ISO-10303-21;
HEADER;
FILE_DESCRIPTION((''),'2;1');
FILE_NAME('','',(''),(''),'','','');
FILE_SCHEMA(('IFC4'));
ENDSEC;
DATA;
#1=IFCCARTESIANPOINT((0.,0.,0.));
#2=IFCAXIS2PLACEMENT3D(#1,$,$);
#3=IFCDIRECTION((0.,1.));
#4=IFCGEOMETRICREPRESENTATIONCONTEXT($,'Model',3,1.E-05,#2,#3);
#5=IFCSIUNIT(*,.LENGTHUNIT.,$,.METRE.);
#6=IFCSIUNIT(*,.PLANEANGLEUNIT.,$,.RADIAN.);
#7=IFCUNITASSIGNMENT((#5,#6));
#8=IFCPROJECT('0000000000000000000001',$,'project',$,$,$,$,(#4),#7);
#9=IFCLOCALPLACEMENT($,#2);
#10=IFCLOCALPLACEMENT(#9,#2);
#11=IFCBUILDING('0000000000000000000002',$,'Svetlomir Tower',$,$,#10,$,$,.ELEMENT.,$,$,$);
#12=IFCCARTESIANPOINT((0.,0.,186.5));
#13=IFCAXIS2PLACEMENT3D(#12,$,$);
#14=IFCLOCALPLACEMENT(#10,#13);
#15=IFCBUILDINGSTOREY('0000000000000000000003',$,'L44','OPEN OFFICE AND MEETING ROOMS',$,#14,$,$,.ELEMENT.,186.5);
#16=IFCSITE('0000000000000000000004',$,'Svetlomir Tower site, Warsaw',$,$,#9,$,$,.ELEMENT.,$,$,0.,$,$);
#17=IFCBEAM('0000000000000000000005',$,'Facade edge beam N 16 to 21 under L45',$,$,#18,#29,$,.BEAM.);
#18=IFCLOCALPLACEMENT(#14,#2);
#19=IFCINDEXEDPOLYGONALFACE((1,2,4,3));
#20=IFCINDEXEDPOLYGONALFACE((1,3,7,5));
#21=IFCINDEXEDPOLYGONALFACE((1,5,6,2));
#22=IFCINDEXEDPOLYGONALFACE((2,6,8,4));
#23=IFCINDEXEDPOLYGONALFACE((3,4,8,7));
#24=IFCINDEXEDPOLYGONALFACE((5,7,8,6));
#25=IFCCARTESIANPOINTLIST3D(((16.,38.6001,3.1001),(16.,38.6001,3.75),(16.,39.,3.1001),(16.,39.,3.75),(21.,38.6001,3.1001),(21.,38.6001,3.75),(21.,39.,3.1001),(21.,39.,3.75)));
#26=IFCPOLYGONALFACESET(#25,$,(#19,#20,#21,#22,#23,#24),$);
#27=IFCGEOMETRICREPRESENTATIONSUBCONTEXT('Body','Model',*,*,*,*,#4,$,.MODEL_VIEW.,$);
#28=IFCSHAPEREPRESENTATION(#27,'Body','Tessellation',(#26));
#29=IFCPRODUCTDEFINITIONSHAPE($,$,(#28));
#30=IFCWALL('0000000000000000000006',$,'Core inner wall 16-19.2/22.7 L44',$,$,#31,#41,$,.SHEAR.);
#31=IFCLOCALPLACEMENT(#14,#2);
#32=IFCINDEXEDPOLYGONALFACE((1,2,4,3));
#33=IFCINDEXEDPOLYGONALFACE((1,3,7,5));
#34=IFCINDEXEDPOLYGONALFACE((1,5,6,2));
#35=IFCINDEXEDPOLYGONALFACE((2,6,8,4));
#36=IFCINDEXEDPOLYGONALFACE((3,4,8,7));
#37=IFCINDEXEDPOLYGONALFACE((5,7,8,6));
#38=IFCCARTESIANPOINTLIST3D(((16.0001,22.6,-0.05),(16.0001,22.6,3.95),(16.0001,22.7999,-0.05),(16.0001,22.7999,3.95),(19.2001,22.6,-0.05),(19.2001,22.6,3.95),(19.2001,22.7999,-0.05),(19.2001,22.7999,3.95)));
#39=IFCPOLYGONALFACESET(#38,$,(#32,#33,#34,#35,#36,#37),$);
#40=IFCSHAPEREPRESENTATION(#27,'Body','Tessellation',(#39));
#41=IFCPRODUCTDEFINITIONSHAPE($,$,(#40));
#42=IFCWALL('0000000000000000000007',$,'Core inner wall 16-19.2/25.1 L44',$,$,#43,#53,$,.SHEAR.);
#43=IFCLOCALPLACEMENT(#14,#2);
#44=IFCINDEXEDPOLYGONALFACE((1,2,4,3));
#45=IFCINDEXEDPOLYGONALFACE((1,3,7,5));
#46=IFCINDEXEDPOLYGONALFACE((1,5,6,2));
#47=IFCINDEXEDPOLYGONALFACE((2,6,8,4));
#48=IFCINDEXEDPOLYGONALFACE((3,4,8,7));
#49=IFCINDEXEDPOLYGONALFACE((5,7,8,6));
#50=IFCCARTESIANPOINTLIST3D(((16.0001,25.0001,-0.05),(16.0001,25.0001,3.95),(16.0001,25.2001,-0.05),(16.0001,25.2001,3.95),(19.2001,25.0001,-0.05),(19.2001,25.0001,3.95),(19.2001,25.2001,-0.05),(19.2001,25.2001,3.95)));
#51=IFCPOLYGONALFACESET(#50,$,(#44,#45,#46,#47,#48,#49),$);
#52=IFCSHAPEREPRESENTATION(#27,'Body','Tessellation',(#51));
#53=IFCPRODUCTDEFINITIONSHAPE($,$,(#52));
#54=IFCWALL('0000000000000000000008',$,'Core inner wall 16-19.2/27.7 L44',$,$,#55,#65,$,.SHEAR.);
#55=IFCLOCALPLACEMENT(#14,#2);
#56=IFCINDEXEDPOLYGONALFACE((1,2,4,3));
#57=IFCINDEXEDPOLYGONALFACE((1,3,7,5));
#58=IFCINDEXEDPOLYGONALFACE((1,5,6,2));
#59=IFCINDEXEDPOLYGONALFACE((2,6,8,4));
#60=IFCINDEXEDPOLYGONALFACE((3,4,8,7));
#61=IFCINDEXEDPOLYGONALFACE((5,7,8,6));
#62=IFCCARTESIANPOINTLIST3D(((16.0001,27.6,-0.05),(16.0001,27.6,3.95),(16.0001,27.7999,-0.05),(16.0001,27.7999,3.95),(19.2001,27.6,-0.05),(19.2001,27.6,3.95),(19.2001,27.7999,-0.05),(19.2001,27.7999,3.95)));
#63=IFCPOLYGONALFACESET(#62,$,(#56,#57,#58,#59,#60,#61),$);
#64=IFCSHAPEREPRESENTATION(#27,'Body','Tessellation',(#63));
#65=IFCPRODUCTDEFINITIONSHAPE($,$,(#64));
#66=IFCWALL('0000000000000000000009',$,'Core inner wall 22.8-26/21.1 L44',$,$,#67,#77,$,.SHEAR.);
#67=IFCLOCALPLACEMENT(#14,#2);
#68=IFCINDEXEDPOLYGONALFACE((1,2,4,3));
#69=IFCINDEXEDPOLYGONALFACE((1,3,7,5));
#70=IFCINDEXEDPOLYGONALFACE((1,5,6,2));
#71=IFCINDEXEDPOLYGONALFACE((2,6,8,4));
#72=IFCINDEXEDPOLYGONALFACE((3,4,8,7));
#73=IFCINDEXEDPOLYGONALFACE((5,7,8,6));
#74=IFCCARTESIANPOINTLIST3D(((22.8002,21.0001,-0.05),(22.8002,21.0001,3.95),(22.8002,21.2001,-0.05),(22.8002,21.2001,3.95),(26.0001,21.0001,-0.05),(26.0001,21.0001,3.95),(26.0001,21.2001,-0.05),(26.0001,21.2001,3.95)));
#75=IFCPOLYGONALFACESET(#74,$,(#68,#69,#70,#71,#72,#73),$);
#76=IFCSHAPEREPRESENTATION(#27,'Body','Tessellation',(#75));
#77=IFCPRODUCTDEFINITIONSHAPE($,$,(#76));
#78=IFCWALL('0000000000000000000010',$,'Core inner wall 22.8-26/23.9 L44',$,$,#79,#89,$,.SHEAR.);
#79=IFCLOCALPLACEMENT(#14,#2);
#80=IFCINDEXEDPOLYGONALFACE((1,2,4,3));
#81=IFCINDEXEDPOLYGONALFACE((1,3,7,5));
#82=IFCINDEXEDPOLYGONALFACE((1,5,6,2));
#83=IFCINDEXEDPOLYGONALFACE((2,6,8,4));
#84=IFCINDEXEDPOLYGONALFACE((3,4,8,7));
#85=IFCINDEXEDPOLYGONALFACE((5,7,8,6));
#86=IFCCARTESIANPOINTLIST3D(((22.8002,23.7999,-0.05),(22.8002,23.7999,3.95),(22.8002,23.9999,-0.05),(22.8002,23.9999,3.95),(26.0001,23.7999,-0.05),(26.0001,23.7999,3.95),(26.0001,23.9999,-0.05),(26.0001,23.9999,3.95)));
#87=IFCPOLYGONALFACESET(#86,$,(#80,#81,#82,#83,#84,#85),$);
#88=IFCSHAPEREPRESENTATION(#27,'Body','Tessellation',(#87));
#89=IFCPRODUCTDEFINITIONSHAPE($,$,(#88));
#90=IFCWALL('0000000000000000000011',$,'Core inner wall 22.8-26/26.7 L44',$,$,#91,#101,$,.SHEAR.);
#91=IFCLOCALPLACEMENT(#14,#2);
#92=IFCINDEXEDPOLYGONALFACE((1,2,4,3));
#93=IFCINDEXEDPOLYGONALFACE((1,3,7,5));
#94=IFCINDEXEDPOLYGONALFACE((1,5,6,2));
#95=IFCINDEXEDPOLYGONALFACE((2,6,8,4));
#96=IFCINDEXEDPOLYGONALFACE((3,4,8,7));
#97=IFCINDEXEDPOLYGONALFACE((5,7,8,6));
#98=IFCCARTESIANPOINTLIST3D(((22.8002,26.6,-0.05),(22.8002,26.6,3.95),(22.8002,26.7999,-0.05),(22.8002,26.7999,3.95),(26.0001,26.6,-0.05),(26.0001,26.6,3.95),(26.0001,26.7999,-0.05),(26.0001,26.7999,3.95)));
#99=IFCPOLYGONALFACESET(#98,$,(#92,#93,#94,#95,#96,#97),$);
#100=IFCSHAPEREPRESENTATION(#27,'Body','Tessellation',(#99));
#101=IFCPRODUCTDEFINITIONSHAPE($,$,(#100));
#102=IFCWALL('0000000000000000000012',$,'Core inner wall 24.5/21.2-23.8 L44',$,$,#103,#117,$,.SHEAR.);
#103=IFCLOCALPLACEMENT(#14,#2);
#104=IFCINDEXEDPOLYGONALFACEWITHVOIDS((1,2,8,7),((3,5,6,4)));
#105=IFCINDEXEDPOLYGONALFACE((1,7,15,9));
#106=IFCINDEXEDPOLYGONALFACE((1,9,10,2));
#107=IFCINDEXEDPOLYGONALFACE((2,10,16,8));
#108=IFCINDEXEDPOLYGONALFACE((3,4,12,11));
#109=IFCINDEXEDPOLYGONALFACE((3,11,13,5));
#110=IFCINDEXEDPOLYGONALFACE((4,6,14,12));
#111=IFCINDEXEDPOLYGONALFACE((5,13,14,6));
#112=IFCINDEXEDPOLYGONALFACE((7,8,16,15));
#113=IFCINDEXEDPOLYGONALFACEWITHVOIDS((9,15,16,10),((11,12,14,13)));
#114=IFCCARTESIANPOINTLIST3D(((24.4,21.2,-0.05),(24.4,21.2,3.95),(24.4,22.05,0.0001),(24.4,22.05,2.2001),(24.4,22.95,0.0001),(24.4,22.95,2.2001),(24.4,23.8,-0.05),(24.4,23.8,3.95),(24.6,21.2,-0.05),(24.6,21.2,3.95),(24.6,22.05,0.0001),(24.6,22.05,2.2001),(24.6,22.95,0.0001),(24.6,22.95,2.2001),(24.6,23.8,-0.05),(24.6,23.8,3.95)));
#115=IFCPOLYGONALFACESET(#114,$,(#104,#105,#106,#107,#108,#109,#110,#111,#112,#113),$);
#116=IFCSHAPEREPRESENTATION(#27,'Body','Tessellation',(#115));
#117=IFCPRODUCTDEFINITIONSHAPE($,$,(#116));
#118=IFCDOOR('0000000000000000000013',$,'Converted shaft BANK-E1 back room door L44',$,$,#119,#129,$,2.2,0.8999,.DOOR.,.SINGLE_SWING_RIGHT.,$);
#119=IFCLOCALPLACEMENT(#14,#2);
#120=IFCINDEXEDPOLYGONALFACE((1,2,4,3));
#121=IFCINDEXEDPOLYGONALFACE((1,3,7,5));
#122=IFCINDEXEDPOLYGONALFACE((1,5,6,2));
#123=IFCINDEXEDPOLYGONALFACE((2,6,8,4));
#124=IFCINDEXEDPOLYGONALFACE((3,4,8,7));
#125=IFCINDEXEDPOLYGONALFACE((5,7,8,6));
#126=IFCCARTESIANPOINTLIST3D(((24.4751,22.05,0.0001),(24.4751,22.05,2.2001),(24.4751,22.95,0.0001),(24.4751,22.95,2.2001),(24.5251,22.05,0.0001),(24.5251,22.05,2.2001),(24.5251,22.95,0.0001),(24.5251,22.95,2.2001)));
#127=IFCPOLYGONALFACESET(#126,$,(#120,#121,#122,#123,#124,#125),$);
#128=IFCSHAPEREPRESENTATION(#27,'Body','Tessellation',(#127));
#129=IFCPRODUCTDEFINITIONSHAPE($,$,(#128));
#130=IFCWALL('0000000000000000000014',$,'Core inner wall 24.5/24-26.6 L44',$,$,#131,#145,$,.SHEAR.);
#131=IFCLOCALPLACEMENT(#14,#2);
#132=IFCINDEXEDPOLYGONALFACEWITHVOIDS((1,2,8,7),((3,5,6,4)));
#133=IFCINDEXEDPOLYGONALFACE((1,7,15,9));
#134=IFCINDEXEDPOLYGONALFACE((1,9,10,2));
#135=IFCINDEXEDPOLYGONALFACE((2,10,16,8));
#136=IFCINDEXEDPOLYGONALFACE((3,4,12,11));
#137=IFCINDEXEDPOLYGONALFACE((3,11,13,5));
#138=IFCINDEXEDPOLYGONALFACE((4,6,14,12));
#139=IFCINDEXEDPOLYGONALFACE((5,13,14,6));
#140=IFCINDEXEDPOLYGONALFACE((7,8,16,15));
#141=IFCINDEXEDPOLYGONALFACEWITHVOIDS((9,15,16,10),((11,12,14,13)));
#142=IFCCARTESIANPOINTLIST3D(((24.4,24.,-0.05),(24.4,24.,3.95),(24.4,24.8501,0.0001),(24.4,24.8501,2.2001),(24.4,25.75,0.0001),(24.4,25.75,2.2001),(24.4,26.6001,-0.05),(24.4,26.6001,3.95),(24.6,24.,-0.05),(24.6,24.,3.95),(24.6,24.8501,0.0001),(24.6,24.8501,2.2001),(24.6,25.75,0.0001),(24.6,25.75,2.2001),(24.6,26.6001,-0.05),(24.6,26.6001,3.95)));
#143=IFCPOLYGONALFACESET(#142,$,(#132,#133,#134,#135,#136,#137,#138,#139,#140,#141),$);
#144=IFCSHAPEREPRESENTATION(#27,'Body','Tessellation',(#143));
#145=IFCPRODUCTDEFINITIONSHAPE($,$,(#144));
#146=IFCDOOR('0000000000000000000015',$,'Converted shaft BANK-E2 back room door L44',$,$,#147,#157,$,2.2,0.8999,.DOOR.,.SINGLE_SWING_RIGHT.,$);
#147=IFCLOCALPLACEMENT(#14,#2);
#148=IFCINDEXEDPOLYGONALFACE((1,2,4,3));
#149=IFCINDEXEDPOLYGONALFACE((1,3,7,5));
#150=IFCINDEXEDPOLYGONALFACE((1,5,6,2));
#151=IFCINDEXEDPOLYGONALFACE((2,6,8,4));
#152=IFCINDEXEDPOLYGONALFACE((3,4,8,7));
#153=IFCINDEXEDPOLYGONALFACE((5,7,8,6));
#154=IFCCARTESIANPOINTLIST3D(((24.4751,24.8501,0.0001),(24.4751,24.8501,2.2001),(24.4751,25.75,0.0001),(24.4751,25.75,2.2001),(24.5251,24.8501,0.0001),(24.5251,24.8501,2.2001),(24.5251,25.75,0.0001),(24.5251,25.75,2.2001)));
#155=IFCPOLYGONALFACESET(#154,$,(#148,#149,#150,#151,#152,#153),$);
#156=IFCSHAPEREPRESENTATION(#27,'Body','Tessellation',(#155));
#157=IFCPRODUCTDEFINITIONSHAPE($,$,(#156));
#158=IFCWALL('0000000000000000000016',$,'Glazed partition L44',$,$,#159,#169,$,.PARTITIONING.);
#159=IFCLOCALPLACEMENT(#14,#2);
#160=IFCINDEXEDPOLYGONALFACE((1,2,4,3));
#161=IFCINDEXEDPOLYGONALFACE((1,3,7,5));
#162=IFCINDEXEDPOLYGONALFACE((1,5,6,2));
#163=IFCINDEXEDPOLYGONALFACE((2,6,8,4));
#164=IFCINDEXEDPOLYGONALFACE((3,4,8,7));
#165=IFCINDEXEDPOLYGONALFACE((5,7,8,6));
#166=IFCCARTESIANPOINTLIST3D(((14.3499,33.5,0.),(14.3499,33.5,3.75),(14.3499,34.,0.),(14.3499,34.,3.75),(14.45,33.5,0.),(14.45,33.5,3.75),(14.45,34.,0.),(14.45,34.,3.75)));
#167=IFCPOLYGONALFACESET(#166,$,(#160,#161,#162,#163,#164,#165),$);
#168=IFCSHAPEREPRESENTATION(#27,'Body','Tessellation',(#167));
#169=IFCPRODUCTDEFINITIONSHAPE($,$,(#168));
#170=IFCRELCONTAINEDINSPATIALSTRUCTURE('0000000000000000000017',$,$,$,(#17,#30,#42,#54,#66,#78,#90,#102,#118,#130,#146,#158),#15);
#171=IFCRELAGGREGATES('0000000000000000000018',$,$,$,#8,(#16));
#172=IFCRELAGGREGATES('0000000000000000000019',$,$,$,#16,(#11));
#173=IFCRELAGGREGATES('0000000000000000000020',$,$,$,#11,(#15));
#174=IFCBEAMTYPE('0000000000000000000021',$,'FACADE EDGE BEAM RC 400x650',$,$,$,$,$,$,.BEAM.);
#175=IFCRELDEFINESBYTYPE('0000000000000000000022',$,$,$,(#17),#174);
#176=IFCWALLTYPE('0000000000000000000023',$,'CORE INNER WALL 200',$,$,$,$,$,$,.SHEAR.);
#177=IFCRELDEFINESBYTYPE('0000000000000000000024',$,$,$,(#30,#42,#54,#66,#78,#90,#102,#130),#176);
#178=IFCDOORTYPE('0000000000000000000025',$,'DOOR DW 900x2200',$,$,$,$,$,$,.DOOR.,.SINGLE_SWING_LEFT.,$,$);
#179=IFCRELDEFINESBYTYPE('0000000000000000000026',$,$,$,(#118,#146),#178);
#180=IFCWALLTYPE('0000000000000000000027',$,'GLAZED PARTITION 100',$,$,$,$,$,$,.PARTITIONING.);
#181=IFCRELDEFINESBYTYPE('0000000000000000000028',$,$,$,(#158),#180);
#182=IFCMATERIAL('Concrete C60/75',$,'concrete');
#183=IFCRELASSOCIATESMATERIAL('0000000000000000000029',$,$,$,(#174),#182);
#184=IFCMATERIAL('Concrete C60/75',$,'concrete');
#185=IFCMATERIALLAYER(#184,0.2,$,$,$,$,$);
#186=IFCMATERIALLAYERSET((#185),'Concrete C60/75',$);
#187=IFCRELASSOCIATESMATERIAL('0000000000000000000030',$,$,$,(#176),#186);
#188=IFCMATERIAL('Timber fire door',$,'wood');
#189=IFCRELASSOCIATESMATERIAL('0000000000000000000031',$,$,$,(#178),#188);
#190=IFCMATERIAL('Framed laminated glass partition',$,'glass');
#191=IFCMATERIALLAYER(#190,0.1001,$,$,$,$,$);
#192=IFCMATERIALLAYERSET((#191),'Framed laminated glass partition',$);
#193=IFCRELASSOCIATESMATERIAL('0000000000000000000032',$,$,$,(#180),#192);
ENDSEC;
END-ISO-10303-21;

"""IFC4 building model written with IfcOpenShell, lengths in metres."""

from ifc_helpers import new_model, si_unit, direction, frame, frame_2d, origin, origin_2d, place, context, subcontext, project, spatial, rectangle, extrude, material, layer, layer_set, material_profile, profile_set, type_object, element, fill, save


model = new_model("IFC4")

# Units and contexts
model_context = context("Model", 3, precision=1e-05, world=origin(), true_north=direction((0.0, 1.0)))
body_context = subcontext(model_context, "Body", "Model", "MODEL_VIEW")
ifc_project = project(units=[si_unit("LENGTHUNIT", "METRE"), si_unit("PLANEANGLEUNIT", "RADIAN")], contexts=[model_context])

# Site, building, storey
site_placement = place(None, origin())
site = spatial("IfcSite", under=ifc_project, at=site_placement, Name="Svetlomir Tower site, Warsaw", CompositionType="ELEMENT", RefElevation=0.0)
building_placement = place(site_placement, origin())
building = spatial("IfcBuilding", under=site, at=building_placement, Name="Svetlomir Tower", CompositionType="ELEMENT")
storey_placement = place(building_placement, frame((0.0, 0.0, 186.5)))
storey = spatial("IfcBuildingStorey", under=building, at=storey_placement, Name="L44", Description="OPEN OFFICE AND MEETING ROOMS", CompositionType="ELEMENT", Elevation=186.5)

# Beam
ifc_material_1 = material(Name="Concrete C60/75", Category="concrete")
ifc_material_profile = material_profile(ifc_material_1, rectangle(XDim=0.3999, YDim=0.6499, at=origin_2d()), Name="RC 400x650")
ifc_profile_set = profile_set([ifc_material_profile], Name="Concrete C60/75")
beam_type = type_object("IfcBeamType", Name="FACADE EDGE BEAM RC 400x650", PredefinedType="BEAM", material=ifc_profile_set)
beam_placement = place(storey_placement, frame((16.0, 38.8, 3.425), z_axis=(1.0, 0.0, 0.0), x_axis=(0.0, 1.0, 0.0)))
element("IfcBeam", 1, at=beam_placement, inside=storey, type_object=beam_type, Name="Facade edge beam N 16 to 21 under L45", PredefinedType="BEAM", context=body_context, shape_type="SweptSolid", body=[
    extrude(rectangle(XDim=0.3999, YDim=0.6499, at=origin_2d()), origin(), (0.0, 0.0, 1.0), 5.0),
])

# Walls
ifc_material_2 = material(Name="Concrete C60/75", Category="concrete")
ifc_layer_1 = layer(ifc_material_2, 0.2)
ifc_layer_set_1 = layer_set([ifc_layer_1], Name="Concrete C60/75")
wall_type_1 = type_object("IfcWallType", Name="CORE INNER WALL 200", PredefinedType="SHEAR", material=ifc_layer_set_1)
for number, where, z_axis, x_axis, name in (
    (2, (16.0, 22.7, -0.05), (0.0, 0.0, 1.0), (1.0, 0.0, 0.0), "Core inner wall 16-19.2/22.7 L44"),
    (3, (16.0, 25.1001, -0.05), (0.0, 0.0, 1.0), (1.0, 0.0, 0.0), "Core inner wall 16-19.2/25.1 L44"),
    (4, (16.0, 27.7, -0.05), (0.0, 0.0, 1.0), (1.0, 0.0, 0.0), "Core inner wall 16-19.2/27.7 L44"),
    (5, (22.8, 21.1001, -0.05), (0.0, 0.0, 1.0), (1.0, 0.0, 0.0), "Core inner wall 22.8-26/21.1 L44"),
    (6, (22.8, 23.8999, -0.05), (0.0, 0.0, 1.0), (1.0, 0.0, 0.0), "Core inner wall 22.8-26/23.9 L44"),
    (7, (22.8, 26.7, -0.05), (0.0, 0.0, 1.0), (1.0, 0.0, 0.0), "Core inner wall 22.8-26/26.7 L44"),
):
    element("IfcWall", number, at=place(storey_placement, frame(where, z_axis=z_axis, x_axis=x_axis)), inside=storey, type_object=wall_type_1, Name=name, PredefinedType="SHEAR", context=body_context, shape_type="SweptSolid", body=[
        extrude(rectangle(XDim=3.2, YDim=0.2, at=frame_2d((1.6001, 0.0))), origin(), (0.0, 0.0, 1.0), 4.0),
    ])

# Walls, openings, doors
wall_1_placement = place(storey_placement, frame((24.5, 21.2, -0.05), z_axis=(0.0, 0.0, 1.0), x_axis=(0.0, 1.0, 0.0)))
wall_1 = element("IfcWall", 8, at=wall_1_placement, inside=storey, type_object=wall_type_1, Name="Core inner wall 24.5/21.2-23.8 L44", PredefinedType="SHEAR", context=body_context, shape_type="SweptSolid", body=[
    extrude(rectangle(XDim=2.6001, YDim=0.2, at=frame_2d((1.3, 0.0))), origin(), (0.0, 0.0, 1.0), 4.0),
])
opening_1_placement = place(wall_1_placement, frame((0.8501, 0.0, 0.05)))
opening_1 = element("IfcOpeningElement", 9, at=opening_1_placement, cuts=wall_1, PredefinedType="OPENING", context=body_context, shape_type="SweptSolid", body=[
    extrude(rectangle(XDim=0.8999, YDim=2.2, at=frame_2d((0.45, 1.1001))), frame((0.0, 0.1099, 0.0), z_axis=(0.0, -1.0, 0.0), x_axis=(1.0, 0.0, 0.0)), (0.0, 0.0, 1.0), 0.22),
])
ifc_material_3 = material(Name="Timber fire door", Category="wood")
door_type_1 = type_object("IfcDoorType", Name="DOOR DW 900x2200", OperationType="SINGLE_SWING_LEFT", PredefinedType="DOOR", material=ifc_material_3)
door_1_placement = place(opening_1_placement, origin())
door_1 = element("IfcDoor", 10, at=door_1_placement, inside=storey, type_object=door_type_1, Name="Converted shaft BANK-E1 back room door L44", OperationType="SINGLE_SWING_RIGHT", OverallHeight=2.2, OverallWidth=0.8999, PredefinedType="DOOR", context=body_context, shape_type="SweptSolid", body=[
    extrude(rectangle(XDim=0.8999, YDim=2.2, at=frame_2d((0.45, 1.1001))), frame((0.0, 0.0249, 0.0), z_axis=(0.0, -1.0, 0.0), x_axis=(1.0, 0.0, 0.0)), (0.0, 0.0, 1.0), 0.05),
])
fill(opening_1, door_1)
wall_2_placement = place(storey_placement, frame((24.5, 24.0, -0.05), z_axis=(0.0, 0.0, 1.0), x_axis=(0.0, 1.0, 0.0)))
wall_2 = element("IfcWall", 11, at=wall_2_placement, inside=storey, type_object=wall_type_1, Name="Core inner wall 24.5/24-26.6 L44", PredefinedType="SHEAR", context=body_context, shape_type="SweptSolid", body=[
    extrude(rectangle(XDim=2.6001, YDim=0.2, at=frame_2d((1.3, 0.0))), origin(), (0.0, 0.0, 1.0), 4.0),
])
opening_2_placement = place(wall_2_placement, frame((0.8501, 0.0, 0.05)))
opening_2 = element("IfcOpeningElement", 12, at=opening_2_placement, cuts=wall_2, PredefinedType="OPENING", context=body_context, shape_type="SweptSolid", body=[
    extrude(rectangle(XDim=0.8999, YDim=2.2, at=frame_2d((0.45, 1.1001))), frame((0.0, 0.1099, 0.0), z_axis=(0.0, -1.0, 0.0), x_axis=(1.0, 0.0, 0.0)), (0.0, 0.0, 1.0), 0.22),
])
door_2_placement = place(opening_2_placement, origin())
door_2 = element("IfcDoor", 13, at=door_2_placement, inside=storey, type_object=door_type_1, Name="Converted shaft BANK-E2 back room door L44", OperationType="SINGLE_SWING_RIGHT", OverallHeight=2.2, OverallWidth=0.8999, PredefinedType="DOOR", context=body_context, shape_type="SweptSolid", body=[
    extrude(rectangle(XDim=0.8999, YDim=2.2, at=frame_2d((0.45, 1.1001))), frame((0.0, 0.0249, 0.0), z_axis=(0.0, -1.0, 0.0), x_axis=(1.0, 0.0, 0.0)), (0.0, 0.0, 1.0), 0.05),
])
fill(opening_2, door_2)

# Wall
ifc_material_4 = material(Name="Framed laminated glass partition", Category="glass")
ifc_layer_2 = layer(ifc_material_4, 0.1001)
ifc_layer_set_2 = layer_set([ifc_layer_2], Name="Framed laminated glass partition")
wall_type_2 = type_object("IfcWallType", Name="GLAZED PARTITION 100", PredefinedType="PARTITIONING", material=ifc_layer_set_2)
wall_3_placement = place(storey_placement, frame((14.3999, 33.5, 0.0), z_axis=(0.0, 0.0, 1.0), x_axis=(0.0, 1.0, 0.0)))
element("IfcWall", 14, at=wall_3_placement, inside=storey, type_object=wall_type_2, Name="Glazed partition L44", PredefinedType="PARTITIONING", context=body_context, shape_type="SweptSolid", body=[
    extrude(rectangle(XDim=0.5, YDim=0.1001, at=frame_2d((0.25, 0.0))), origin(), (0.0, 0.0, 1.0), 3.75),
])

save(model, "model.ifc")
